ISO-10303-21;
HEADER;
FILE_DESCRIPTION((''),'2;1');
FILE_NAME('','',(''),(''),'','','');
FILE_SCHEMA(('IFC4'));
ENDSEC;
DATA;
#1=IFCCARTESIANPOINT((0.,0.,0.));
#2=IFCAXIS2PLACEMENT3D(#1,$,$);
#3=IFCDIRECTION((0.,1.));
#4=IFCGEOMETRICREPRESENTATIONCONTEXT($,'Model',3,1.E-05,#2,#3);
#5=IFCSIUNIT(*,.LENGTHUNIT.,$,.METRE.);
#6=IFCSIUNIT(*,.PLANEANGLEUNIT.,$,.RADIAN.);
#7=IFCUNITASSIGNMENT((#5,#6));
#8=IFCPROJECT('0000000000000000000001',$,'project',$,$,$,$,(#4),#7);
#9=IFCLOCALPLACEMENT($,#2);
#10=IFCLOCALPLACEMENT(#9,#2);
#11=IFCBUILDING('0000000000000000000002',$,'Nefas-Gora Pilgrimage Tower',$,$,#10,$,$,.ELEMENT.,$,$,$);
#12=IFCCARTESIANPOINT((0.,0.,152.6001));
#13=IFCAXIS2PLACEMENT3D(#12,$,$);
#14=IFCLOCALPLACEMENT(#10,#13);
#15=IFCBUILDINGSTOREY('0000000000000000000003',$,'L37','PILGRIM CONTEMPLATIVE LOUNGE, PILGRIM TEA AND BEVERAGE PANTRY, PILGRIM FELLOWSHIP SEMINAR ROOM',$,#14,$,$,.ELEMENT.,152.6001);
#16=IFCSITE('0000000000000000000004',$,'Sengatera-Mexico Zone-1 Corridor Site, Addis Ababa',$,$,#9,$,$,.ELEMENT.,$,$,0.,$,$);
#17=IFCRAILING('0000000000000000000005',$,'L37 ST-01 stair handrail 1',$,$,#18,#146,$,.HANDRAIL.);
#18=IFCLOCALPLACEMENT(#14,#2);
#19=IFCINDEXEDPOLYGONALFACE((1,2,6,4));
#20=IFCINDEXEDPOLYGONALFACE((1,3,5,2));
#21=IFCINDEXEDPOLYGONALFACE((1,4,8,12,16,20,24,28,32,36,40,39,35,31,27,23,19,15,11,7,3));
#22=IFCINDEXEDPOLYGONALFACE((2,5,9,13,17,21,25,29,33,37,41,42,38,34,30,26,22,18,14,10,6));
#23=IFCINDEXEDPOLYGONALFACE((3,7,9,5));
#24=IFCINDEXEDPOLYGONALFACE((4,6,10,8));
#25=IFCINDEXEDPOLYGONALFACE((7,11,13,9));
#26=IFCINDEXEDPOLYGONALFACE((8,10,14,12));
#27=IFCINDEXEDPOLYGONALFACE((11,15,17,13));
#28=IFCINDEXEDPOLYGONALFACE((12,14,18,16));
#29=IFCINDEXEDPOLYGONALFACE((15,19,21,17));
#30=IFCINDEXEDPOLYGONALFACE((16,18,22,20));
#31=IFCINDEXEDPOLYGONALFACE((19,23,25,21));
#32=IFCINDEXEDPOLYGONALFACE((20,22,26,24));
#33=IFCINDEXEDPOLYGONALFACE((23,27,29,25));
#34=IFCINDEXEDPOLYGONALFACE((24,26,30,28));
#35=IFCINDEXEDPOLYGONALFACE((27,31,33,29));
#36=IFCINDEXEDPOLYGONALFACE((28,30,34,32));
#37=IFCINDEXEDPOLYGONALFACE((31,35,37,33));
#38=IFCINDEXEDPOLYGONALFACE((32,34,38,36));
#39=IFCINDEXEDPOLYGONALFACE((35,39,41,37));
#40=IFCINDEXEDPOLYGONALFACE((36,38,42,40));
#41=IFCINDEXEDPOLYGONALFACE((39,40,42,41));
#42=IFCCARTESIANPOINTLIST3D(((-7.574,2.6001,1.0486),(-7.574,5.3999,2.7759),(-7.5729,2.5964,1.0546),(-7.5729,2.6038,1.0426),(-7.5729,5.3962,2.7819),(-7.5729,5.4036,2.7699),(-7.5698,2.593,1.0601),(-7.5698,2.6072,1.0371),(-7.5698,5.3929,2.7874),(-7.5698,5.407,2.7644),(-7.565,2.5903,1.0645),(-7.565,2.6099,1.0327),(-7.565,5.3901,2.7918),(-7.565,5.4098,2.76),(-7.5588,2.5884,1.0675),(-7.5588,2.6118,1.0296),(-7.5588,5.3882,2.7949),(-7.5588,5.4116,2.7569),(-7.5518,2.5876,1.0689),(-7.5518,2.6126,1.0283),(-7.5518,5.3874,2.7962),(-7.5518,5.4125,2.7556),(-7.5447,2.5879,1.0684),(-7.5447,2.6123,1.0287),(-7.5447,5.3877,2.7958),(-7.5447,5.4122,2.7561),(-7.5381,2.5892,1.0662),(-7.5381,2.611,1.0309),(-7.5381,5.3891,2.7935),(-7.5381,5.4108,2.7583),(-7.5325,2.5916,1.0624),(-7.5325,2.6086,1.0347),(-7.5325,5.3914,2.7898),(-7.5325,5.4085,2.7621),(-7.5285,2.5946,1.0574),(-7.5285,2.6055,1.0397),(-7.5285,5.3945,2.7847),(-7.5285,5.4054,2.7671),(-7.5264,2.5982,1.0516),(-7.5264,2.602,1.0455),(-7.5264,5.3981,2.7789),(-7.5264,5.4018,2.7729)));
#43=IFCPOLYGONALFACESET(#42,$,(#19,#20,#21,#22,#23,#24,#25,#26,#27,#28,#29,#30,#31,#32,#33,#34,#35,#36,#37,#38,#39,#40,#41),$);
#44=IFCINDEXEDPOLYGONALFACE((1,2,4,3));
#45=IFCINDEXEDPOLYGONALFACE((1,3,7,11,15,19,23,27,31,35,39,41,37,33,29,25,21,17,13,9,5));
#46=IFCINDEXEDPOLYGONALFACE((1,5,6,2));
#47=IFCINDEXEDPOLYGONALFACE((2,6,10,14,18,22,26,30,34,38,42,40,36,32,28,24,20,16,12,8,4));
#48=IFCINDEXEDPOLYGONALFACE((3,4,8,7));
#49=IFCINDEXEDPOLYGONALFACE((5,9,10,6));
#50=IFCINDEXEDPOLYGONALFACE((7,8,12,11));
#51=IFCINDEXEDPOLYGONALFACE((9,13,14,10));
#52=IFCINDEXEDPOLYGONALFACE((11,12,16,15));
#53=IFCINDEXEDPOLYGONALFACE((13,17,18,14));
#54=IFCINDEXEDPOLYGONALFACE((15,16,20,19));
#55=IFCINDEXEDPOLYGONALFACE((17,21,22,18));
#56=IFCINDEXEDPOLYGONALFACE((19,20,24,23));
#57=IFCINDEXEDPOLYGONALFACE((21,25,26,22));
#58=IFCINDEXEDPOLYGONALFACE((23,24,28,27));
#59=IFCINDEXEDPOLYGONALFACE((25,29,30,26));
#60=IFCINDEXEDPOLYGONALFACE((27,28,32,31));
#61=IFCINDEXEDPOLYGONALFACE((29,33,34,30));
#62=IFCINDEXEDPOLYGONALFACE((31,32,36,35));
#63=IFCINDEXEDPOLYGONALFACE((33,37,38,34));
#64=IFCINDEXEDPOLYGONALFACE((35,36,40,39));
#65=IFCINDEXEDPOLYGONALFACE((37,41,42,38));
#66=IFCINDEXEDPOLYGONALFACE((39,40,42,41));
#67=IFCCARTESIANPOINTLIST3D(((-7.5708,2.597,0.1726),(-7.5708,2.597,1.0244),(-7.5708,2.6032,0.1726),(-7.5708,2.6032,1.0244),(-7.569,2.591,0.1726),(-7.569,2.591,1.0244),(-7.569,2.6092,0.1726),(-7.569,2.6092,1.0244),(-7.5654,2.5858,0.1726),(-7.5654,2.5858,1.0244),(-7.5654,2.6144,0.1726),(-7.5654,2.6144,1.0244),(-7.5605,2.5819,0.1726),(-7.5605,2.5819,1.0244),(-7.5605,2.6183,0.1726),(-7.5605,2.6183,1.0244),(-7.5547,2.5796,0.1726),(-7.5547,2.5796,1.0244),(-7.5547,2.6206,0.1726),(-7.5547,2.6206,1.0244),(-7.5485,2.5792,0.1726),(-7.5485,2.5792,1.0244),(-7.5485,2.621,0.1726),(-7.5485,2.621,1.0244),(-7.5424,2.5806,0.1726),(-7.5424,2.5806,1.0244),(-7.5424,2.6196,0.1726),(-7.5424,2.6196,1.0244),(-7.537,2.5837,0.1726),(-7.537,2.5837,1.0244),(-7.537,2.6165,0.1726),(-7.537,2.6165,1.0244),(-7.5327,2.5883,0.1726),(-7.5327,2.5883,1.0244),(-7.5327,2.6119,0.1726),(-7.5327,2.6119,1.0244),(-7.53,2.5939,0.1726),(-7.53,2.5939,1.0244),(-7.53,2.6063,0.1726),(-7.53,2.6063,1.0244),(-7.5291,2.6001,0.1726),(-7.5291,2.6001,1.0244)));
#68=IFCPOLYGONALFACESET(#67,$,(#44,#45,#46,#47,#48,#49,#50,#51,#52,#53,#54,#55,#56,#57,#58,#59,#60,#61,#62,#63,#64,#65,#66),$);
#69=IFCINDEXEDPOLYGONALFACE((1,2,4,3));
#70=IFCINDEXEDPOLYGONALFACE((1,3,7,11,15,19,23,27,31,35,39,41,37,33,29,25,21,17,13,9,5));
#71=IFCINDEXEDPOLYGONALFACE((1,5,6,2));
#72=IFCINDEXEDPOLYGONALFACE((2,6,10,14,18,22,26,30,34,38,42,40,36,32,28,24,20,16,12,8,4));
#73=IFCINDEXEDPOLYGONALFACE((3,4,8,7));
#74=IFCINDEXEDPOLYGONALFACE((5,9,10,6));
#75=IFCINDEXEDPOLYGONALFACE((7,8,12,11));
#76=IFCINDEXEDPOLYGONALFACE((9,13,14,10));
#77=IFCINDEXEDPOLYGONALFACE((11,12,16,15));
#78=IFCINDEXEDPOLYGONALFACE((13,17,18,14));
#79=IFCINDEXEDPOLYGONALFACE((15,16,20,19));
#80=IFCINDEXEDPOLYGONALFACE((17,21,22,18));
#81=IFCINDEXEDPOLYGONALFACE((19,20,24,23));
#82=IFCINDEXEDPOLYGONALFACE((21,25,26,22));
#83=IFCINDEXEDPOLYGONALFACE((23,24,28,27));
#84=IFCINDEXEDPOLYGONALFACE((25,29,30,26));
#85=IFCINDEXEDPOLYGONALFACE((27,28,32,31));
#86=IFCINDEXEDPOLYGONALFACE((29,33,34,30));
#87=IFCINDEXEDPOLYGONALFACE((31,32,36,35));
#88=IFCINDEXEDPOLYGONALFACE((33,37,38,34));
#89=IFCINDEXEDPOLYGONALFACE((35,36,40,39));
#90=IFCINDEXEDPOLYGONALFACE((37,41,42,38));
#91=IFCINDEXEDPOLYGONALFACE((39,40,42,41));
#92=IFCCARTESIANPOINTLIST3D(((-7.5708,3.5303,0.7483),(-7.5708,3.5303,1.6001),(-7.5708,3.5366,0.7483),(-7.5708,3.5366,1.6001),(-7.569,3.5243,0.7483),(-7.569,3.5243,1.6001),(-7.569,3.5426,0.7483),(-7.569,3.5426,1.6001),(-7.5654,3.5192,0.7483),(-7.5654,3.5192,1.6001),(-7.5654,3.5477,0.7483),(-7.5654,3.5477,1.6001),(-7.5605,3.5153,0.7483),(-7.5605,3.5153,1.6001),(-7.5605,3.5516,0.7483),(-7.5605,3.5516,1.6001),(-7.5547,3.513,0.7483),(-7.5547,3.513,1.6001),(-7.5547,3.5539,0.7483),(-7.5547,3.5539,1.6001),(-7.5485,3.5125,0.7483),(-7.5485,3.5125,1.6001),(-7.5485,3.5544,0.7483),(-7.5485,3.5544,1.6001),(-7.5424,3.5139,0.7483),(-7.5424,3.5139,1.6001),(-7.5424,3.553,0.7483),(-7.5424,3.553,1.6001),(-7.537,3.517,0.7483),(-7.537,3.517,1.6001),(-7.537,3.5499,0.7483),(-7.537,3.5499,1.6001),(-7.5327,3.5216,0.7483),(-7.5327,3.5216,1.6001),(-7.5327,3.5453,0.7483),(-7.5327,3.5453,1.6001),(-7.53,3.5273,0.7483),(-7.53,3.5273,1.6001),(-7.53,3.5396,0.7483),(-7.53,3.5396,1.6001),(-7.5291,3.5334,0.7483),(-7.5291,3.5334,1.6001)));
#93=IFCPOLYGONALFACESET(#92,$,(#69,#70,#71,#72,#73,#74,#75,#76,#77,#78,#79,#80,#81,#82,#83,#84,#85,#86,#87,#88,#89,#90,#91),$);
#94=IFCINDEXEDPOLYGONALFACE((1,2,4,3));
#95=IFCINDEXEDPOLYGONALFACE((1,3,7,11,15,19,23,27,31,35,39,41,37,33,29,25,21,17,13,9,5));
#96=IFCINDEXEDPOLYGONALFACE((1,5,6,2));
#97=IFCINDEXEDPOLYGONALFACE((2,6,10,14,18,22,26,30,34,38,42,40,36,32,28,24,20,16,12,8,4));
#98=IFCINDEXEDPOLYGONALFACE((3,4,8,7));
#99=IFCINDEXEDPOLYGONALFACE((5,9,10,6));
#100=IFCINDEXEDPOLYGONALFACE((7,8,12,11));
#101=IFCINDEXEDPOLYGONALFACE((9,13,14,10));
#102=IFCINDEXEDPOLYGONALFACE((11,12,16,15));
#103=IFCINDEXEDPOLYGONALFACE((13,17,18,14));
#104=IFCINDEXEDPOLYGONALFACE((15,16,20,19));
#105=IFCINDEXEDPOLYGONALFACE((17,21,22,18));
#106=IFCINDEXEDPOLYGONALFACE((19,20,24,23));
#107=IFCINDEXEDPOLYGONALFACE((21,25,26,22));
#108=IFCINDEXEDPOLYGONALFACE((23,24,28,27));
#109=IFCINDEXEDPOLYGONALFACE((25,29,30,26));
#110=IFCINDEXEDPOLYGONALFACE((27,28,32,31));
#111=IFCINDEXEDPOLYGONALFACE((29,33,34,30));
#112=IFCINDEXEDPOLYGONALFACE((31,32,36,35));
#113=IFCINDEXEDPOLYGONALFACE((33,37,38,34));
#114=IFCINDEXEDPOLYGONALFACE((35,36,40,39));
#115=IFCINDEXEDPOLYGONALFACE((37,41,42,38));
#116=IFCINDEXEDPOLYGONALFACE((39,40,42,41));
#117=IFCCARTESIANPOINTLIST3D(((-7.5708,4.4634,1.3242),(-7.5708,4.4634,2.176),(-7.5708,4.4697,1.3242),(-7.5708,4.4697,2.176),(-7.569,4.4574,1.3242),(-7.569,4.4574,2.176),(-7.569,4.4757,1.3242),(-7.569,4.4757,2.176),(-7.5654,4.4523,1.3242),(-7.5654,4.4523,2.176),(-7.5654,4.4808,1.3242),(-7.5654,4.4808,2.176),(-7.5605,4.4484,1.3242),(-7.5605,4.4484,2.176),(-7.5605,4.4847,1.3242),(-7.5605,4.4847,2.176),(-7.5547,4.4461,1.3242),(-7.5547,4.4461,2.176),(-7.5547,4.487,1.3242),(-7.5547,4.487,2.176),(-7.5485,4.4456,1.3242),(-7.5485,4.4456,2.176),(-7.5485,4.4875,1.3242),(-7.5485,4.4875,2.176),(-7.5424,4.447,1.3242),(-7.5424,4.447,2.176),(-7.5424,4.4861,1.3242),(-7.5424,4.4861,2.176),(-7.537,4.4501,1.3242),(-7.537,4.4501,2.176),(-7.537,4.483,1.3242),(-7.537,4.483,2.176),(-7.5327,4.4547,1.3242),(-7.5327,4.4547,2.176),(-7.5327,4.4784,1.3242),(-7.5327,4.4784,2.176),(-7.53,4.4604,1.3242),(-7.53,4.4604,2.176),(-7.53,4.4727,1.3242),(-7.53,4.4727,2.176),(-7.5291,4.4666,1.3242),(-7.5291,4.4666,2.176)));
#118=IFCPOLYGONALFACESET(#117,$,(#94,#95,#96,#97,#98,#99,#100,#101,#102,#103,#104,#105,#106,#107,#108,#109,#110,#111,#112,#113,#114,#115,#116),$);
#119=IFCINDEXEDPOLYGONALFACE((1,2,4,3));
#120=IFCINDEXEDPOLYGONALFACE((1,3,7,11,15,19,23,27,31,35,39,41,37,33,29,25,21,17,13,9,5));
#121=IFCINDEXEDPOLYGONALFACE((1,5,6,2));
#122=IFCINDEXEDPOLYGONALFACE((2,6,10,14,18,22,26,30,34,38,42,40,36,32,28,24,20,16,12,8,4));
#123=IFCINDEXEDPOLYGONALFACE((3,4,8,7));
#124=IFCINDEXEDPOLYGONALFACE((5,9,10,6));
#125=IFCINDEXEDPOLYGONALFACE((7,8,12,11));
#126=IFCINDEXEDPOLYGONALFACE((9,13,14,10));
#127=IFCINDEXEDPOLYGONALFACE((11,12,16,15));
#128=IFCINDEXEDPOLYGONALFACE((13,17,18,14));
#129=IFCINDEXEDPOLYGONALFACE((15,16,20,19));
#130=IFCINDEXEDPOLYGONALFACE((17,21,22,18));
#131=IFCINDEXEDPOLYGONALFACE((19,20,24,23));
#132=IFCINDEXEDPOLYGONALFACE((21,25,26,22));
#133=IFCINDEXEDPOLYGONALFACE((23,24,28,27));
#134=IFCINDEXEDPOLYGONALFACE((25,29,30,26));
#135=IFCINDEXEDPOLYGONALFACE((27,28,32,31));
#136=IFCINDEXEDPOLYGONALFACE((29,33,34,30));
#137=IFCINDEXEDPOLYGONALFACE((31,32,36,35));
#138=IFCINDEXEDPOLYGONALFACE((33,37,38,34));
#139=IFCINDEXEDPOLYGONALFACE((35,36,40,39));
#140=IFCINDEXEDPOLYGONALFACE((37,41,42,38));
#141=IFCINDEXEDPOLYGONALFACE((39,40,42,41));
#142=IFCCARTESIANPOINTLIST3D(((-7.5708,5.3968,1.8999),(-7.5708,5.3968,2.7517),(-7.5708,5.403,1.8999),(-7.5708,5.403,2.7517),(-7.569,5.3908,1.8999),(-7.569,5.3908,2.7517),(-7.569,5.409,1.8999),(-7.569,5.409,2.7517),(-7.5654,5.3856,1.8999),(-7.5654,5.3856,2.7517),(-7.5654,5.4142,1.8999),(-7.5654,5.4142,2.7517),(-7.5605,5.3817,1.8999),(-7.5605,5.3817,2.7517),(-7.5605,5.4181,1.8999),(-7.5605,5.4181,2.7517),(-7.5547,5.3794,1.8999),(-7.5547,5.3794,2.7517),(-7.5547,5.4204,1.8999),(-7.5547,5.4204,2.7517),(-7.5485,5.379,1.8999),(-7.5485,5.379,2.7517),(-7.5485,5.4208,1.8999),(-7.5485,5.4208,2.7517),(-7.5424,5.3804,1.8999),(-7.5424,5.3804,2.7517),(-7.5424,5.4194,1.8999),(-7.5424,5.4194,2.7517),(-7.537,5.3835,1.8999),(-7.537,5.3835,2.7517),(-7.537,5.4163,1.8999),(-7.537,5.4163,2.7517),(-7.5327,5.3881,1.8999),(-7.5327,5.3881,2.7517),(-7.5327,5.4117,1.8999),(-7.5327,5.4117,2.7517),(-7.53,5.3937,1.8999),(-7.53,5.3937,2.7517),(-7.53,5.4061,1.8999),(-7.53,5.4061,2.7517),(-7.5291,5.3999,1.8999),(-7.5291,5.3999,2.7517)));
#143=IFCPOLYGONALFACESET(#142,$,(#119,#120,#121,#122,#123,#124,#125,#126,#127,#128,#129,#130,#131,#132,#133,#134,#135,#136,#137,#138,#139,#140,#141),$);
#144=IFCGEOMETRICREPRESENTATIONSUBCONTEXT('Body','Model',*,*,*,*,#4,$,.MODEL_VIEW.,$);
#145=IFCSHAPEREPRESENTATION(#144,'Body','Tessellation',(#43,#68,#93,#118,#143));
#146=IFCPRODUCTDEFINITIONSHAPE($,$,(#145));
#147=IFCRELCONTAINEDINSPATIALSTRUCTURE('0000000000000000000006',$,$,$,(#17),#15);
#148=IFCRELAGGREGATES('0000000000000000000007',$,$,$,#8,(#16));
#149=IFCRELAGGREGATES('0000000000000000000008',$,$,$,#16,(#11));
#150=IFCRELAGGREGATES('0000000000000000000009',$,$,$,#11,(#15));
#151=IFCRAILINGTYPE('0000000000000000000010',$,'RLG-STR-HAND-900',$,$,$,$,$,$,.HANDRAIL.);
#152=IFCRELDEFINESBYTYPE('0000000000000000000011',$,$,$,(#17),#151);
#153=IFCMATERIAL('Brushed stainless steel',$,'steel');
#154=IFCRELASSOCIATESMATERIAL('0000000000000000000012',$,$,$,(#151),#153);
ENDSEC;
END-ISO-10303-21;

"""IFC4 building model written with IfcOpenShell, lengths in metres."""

from ifc_helpers import new_model, si_unit, direction, frame, origin, origin_2d, place, context, subcontext, project, spatial, circle, extrude, material, type_object, element, save


model = new_model("IFC4")

# Units and contexts
model_context = context("Model", 3, precision=1e-05, world=origin(), true_north=direction((0.0, 1.0)))
body_context = subcontext(model_context, "Body", "Model", "MODEL_VIEW")
ifc_project = project(units=[si_unit("LENGTHUNIT", "METRE"), si_unit("PLANEANGLEUNIT", "RADIAN")], contexts=[model_context])

# Site, building, storey
site_placement = place(None, origin())
site = spatial("IfcSite", under=ifc_project, at=site_placement, Name="Sengatera-Mexico Zone-1 Corridor Site, Addis Ababa", CompositionType="ELEMENT", RefElevation=0.0)
building_placement = place(site_placement, origin())
building = spatial("IfcBuilding", under=site, at=building_placement, Name="Nefas-Gora Pilgrimage Tower", CompositionType="ELEMENT")
storey_placement = place(building_placement, frame((0.0, 0.0, 152.6001)))
storey = spatial("IfcBuildingStorey", under=building, at=storey_placement, Name="L37", Description="PILGRIM CONTEMPLATIVE LOUNGE, PILGRIM TEA AND BEVERAGE PANTRY, PILGRIM FELLOWSHIP SEMINAR ROOM", CompositionType="ELEMENT", Elevation=152.6001)

# Railing
ifc_material_1 = material(Name="Brushed stainless steel", Category="steel")
railing_type_1 = type_object("IfcRailingType", Name="RLG-STR-HAND-900", PredefinedType="HANDRAIL", material=ifc_material_1)
railing_1_placement = place(storey_placement, frame((-7.55, 2.6001, 0.1726)))
element("IfcRailing", 1, at=railing_1_placement, inside=storey, type_object=railing_type_1, Name="L37 ST-01 stair handrail 1", PredefinedType="HANDRAIL", context=body_context, shape_type="SweptSolid", body=[
    extrude(circle(Radius=0.0239, at=origin_2d()), frame((0.0, 0.0, 0.876), z_axis=(0.0, 0.851069, 0.525054), x_axis=(-1.0, 0.0, 0.0)), (0.0, 0.0, 1.0), 3.2898),
    extrude(circle(Radius=0.021, at=origin_2d()), origin(), (0.0, 0.0, 1.0), 0.8518),
    extrude(circle(Radius=0.021, at=origin_2d()), frame((0.0, 0.9333, 0.5757)), (0.0, 0.0, 1.0), 0.8518),
    extrude(circle(Radius=0.021, at=origin_2d()), frame((0.0, 1.8665, 1.1516)), (0.0, 0.0, 1.0), 0.8518),
    extrude(circle(Radius=0.021, at=origin_2d()), frame((0.0, 2.7998, 1.7273)), (0.0, 0.0, 1.0), 0.8518),
])

save(model, "model.ifc")
